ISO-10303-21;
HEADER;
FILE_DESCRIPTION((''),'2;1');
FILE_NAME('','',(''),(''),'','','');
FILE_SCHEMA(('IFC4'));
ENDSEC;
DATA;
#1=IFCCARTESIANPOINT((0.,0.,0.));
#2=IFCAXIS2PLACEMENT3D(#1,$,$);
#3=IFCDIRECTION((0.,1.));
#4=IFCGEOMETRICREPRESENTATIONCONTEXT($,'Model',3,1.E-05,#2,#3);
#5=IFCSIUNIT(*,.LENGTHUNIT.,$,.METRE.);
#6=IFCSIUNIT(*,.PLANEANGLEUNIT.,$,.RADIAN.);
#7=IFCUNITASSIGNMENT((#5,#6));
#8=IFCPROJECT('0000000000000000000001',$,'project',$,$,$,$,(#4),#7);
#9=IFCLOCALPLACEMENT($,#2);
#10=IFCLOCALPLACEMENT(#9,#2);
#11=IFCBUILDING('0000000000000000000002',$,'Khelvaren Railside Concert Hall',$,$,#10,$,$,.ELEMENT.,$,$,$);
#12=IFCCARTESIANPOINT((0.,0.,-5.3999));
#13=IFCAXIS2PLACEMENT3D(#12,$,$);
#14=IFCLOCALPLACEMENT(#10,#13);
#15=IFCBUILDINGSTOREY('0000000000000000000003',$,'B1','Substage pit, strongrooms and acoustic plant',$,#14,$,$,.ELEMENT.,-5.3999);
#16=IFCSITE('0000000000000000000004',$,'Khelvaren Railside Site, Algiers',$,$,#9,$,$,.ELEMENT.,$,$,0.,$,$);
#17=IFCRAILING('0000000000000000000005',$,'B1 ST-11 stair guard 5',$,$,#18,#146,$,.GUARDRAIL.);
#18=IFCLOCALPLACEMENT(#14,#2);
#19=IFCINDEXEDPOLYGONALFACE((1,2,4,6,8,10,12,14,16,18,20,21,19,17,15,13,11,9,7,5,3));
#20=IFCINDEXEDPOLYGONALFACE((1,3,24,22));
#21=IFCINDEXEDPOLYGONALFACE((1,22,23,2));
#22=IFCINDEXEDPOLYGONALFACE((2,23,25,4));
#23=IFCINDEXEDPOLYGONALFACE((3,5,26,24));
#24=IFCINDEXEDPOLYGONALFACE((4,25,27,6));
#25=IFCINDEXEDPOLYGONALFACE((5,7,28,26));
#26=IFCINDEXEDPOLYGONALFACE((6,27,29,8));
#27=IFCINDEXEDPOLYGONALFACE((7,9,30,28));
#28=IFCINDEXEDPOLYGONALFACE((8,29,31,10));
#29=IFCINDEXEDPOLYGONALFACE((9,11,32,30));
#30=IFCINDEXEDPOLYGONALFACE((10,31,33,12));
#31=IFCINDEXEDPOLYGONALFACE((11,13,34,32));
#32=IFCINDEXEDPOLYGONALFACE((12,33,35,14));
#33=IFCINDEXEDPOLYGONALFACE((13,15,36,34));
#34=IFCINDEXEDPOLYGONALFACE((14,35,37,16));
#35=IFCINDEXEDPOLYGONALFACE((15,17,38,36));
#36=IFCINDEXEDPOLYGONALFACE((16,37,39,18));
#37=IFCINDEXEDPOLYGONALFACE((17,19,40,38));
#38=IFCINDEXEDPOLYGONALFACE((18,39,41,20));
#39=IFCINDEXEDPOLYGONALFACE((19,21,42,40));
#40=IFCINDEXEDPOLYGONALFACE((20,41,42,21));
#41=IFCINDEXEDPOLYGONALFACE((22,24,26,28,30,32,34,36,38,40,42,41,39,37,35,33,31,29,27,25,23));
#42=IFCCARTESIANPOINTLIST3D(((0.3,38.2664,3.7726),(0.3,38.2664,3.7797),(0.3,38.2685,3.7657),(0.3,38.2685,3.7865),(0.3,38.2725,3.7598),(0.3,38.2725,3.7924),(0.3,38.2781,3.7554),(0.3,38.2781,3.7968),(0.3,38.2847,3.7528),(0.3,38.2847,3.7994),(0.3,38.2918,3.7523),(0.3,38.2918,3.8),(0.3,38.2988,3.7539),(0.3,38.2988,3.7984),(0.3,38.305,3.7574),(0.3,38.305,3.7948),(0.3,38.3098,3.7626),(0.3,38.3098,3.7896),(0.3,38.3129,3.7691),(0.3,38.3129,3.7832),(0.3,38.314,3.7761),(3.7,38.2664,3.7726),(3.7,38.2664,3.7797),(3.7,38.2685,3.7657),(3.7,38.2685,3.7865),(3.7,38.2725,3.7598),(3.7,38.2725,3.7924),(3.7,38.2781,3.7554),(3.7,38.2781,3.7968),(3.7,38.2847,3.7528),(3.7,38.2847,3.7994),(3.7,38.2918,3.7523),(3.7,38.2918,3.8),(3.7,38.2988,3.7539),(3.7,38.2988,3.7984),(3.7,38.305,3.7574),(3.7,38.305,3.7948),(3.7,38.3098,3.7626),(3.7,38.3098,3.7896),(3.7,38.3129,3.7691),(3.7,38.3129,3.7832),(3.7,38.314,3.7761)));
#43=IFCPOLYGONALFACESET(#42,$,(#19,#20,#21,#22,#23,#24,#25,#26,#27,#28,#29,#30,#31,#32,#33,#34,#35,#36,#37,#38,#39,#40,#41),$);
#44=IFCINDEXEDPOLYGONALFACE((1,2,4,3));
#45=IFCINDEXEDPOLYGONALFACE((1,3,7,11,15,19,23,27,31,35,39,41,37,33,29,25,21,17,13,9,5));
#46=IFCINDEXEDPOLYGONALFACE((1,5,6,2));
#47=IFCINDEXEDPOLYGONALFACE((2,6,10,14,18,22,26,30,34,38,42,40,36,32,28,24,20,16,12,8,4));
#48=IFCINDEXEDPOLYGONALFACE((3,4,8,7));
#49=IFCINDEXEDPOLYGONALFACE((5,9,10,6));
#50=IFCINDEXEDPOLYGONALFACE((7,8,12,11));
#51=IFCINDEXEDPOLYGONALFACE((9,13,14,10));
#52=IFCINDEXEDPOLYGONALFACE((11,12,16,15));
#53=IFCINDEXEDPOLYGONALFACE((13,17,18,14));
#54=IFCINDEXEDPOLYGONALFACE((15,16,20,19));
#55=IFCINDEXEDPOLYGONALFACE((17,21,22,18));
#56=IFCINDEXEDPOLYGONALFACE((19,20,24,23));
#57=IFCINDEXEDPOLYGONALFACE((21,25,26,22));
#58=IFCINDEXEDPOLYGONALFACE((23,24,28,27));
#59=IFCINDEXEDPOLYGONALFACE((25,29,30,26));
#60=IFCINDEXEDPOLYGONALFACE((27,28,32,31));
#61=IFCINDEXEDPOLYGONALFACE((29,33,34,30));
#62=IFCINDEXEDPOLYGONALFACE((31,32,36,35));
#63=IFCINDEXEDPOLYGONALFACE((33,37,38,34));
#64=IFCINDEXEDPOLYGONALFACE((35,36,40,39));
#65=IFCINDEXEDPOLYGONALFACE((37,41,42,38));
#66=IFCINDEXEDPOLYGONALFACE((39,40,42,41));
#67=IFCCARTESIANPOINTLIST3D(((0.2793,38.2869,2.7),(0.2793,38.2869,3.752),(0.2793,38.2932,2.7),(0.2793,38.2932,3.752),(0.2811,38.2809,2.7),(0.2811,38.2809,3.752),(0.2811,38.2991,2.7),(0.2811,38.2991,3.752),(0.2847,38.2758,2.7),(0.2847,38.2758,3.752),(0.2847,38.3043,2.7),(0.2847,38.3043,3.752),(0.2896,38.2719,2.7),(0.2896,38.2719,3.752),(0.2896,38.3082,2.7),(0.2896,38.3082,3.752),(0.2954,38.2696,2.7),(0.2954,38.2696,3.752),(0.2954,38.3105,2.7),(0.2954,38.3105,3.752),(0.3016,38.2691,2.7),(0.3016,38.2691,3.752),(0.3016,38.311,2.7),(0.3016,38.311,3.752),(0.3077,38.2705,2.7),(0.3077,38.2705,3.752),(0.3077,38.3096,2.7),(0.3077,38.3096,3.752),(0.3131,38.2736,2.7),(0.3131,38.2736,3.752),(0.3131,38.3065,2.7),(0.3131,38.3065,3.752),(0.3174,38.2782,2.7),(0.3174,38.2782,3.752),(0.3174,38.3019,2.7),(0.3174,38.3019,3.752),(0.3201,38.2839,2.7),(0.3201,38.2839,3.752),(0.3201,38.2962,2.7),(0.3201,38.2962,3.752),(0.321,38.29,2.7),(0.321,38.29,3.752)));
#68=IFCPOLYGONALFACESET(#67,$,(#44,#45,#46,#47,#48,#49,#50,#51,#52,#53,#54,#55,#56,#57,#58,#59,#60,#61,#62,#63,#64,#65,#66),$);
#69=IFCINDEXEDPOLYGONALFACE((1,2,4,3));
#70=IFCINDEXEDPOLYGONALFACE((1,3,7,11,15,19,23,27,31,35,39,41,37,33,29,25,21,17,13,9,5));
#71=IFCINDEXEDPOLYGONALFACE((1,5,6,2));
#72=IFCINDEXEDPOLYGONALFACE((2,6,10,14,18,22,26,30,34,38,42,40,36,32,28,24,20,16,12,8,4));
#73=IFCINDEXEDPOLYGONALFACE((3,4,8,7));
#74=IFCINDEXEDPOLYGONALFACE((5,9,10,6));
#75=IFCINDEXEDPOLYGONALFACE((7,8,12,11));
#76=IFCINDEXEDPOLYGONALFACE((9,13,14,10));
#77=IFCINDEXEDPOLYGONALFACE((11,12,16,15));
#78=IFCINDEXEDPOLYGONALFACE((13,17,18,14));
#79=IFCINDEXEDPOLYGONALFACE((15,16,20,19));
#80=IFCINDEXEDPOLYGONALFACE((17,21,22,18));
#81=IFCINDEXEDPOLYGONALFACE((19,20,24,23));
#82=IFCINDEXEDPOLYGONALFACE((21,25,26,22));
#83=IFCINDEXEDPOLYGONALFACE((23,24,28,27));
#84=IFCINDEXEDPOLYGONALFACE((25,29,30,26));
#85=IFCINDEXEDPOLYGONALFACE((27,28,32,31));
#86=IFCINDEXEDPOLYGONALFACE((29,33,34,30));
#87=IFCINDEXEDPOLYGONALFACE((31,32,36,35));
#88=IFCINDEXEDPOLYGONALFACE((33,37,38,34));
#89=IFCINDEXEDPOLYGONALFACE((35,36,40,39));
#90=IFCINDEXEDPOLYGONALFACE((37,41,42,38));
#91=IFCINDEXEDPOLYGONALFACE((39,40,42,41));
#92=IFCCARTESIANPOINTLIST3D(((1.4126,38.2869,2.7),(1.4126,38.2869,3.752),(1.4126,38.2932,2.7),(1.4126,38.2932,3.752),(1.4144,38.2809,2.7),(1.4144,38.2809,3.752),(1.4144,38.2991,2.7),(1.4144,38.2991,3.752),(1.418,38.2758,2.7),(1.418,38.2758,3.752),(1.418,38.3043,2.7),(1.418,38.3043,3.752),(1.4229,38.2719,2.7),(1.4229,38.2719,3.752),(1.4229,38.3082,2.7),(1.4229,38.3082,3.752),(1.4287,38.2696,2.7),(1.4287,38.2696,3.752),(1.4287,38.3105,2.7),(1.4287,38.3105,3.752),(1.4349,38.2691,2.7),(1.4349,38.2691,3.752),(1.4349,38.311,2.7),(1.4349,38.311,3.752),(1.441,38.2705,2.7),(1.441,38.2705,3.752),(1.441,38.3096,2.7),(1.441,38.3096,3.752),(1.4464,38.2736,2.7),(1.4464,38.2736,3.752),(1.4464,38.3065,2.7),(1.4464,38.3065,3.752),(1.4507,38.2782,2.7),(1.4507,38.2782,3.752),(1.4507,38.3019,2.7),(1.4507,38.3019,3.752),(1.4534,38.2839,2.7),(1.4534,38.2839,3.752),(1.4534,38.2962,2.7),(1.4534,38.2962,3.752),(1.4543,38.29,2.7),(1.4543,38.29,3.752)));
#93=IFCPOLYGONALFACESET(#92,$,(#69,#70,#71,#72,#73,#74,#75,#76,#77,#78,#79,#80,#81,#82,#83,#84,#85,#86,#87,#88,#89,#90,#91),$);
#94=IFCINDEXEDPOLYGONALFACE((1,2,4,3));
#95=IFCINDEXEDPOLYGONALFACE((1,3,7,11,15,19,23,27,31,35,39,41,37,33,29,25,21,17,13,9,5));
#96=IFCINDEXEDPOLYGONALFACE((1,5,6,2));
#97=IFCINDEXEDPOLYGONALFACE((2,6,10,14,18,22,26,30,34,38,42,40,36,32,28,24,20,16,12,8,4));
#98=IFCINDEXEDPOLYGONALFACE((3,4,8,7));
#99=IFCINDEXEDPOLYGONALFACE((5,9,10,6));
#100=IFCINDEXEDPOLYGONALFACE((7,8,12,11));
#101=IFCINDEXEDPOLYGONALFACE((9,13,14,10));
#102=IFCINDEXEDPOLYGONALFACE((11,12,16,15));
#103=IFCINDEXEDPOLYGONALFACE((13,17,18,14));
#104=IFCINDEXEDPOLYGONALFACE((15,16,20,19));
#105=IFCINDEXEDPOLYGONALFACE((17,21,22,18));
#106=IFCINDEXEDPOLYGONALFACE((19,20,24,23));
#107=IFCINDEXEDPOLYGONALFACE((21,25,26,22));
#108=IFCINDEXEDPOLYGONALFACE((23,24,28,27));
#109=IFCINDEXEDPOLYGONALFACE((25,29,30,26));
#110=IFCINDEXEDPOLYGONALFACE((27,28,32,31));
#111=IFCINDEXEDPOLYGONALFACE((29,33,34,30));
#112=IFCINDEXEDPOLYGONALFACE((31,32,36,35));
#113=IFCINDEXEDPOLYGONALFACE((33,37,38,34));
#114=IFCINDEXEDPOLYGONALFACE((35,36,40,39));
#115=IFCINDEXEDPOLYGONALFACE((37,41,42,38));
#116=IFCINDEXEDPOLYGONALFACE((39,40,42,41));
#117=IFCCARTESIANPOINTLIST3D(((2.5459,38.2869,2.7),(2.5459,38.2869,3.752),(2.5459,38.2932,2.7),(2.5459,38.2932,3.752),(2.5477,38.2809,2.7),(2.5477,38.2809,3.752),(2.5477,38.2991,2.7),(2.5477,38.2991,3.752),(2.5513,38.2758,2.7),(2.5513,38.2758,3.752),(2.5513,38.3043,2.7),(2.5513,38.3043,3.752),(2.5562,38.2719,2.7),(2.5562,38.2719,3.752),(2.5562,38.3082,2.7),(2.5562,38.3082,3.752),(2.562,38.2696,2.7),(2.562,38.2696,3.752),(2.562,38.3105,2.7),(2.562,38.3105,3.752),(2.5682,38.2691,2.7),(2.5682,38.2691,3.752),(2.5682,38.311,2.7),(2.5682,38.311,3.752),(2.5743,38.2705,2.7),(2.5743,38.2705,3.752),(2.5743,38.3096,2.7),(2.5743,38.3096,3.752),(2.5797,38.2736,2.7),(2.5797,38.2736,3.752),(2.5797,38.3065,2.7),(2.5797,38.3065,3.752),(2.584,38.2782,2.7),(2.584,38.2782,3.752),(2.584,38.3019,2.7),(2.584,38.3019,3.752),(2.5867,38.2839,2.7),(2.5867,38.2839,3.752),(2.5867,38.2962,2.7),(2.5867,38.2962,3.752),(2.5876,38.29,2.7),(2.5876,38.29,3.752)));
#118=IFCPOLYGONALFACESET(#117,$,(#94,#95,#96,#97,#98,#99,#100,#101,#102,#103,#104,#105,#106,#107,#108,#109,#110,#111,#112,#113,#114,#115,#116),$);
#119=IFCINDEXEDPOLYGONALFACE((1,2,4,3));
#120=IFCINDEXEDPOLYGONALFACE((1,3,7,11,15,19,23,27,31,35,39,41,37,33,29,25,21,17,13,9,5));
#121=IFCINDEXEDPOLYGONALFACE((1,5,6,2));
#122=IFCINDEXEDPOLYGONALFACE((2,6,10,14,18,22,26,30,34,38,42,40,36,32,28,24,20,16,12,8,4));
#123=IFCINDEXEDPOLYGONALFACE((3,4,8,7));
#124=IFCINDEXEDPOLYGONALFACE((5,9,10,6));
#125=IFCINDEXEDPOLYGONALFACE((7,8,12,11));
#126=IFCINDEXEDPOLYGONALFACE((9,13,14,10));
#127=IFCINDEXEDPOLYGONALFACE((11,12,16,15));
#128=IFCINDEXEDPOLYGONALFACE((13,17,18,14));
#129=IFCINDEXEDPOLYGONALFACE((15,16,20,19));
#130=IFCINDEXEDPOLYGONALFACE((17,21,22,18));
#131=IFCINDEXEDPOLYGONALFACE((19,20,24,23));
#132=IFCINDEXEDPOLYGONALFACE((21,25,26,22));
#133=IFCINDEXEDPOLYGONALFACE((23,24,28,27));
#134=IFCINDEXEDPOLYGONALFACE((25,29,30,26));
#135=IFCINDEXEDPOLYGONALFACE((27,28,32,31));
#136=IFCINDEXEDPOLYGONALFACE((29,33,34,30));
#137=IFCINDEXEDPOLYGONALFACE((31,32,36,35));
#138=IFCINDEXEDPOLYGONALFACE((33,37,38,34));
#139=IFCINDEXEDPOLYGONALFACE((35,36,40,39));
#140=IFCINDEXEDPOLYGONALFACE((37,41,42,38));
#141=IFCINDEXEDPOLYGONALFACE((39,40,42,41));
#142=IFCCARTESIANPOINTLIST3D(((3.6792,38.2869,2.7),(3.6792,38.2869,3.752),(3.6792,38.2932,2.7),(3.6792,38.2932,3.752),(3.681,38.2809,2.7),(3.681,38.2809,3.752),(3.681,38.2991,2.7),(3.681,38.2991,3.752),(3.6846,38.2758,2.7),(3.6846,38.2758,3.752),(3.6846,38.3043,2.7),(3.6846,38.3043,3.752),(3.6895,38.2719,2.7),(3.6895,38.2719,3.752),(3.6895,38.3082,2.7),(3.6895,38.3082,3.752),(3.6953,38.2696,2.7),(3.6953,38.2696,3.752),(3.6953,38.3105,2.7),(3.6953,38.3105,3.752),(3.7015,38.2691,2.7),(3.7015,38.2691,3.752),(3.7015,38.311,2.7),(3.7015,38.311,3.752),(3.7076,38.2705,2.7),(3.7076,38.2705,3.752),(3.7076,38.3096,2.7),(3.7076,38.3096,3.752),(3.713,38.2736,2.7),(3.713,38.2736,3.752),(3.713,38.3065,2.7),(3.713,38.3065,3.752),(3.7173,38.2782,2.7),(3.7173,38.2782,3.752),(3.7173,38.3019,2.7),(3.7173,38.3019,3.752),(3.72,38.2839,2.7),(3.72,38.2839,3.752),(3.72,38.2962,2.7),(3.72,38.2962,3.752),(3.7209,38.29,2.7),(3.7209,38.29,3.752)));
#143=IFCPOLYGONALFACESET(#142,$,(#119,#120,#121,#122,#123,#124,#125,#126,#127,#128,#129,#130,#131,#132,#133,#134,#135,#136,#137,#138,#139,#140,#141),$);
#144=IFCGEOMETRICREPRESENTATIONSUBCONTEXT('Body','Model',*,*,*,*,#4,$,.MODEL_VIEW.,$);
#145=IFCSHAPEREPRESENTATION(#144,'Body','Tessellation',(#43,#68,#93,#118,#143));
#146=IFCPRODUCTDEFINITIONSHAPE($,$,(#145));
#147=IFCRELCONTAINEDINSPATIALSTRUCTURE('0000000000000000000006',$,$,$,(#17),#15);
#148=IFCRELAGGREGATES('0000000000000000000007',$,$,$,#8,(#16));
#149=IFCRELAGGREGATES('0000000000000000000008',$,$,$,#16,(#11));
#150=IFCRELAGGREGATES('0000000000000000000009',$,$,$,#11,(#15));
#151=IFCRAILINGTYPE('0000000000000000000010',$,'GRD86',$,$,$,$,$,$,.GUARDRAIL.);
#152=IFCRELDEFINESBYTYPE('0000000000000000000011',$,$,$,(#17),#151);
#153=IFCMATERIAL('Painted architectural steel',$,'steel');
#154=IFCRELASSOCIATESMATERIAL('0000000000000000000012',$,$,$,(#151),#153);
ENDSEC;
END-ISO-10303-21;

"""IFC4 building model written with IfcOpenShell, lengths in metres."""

from ifc_helpers import new_model, si_unit, direction, frame, origin, origin_2d, place, context, subcontext, project, spatial, circle, extrude, material, type_object, element, save


model = new_model("IFC4")

# Units and contexts
model_context = context("Model", 3, precision=1e-05, world=origin(), true_north=direction((0.0, 1.0)))
body_context = subcontext(model_context, "Body", "Model", "MODEL_VIEW")
ifc_project = project(units=[si_unit("LENGTHUNIT", "METRE"), si_unit("PLANEANGLEUNIT", "RADIAN")], contexts=[model_context])

# Site, building, storey
site_placement = place(None, origin())
site = spatial("IfcSite", under=ifc_project, at=site_placement, Name="Khelvaren Railside Site, Algiers", CompositionType="ELEMENT", RefElevation=0.0)
building_placement = place(site_placement, origin())
building = spatial("IfcBuilding", under=site, at=building_placement, Name="Khelvaren Railside Concert Hall", CompositionType="ELEMENT")
storey_placement = place(building_placement, frame((0.0, 0.0, -5.3999)))
storey = spatial("IfcBuildingStorey", under=building, at=storey_placement, Name="B1", Description="Substage pit, strongrooms and acoustic plant", CompositionType="ELEMENT", Elevation=-5.3999)

# Railing
ifc_material_1 = material(Name="Painted architectural steel", Category="steel")
railing_type = type_object("IfcRailingType", Name="GRD86", PredefinedType="GUARDRAIL", material=ifc_material_1)
railing_placement = place(storey_placement, frame((0.3, 38.29, 2.7)))
element("IfcRailing", 1, at=railing_placement, inside=storey, type_object=railing_type, Name="B1 ST-11 stair guard 5", PredefinedType="GUARDRAIL", context=body_context, shape_type="SweptSolid", body=[
    extrude(circle(Radius=0.0239, at=origin_2d()), frame((0.0, 0.0, 1.0762), z_axis=(1.0, 0.0, 0.0), x_axis=(0.0, 1.0, 0.0)), (0.0, 0.0, 1.0), 3.3999),
    extrude(circle(Radius=0.021, at=origin_2d()), origin(), (0.0, 0.0, 1.0), 1.052),
    extrude(circle(Radius=0.021, at=origin_2d()), frame((1.1333, 0.0, 0.0)), (0.0, 0.0, 1.0), 1.052),
    extrude(circle(Radius=0.021, at=origin_2d()), frame((2.2666, 0.0, 0.0)), (0.0, 0.0, 1.0), 1.052),
    extrude(circle(Radius=0.021, at=origin_2d()), frame((3.3999, 0.0, 0.0)), (0.0, 0.0, 1.0), 1.052),
])

save(model, "model.ifc")
